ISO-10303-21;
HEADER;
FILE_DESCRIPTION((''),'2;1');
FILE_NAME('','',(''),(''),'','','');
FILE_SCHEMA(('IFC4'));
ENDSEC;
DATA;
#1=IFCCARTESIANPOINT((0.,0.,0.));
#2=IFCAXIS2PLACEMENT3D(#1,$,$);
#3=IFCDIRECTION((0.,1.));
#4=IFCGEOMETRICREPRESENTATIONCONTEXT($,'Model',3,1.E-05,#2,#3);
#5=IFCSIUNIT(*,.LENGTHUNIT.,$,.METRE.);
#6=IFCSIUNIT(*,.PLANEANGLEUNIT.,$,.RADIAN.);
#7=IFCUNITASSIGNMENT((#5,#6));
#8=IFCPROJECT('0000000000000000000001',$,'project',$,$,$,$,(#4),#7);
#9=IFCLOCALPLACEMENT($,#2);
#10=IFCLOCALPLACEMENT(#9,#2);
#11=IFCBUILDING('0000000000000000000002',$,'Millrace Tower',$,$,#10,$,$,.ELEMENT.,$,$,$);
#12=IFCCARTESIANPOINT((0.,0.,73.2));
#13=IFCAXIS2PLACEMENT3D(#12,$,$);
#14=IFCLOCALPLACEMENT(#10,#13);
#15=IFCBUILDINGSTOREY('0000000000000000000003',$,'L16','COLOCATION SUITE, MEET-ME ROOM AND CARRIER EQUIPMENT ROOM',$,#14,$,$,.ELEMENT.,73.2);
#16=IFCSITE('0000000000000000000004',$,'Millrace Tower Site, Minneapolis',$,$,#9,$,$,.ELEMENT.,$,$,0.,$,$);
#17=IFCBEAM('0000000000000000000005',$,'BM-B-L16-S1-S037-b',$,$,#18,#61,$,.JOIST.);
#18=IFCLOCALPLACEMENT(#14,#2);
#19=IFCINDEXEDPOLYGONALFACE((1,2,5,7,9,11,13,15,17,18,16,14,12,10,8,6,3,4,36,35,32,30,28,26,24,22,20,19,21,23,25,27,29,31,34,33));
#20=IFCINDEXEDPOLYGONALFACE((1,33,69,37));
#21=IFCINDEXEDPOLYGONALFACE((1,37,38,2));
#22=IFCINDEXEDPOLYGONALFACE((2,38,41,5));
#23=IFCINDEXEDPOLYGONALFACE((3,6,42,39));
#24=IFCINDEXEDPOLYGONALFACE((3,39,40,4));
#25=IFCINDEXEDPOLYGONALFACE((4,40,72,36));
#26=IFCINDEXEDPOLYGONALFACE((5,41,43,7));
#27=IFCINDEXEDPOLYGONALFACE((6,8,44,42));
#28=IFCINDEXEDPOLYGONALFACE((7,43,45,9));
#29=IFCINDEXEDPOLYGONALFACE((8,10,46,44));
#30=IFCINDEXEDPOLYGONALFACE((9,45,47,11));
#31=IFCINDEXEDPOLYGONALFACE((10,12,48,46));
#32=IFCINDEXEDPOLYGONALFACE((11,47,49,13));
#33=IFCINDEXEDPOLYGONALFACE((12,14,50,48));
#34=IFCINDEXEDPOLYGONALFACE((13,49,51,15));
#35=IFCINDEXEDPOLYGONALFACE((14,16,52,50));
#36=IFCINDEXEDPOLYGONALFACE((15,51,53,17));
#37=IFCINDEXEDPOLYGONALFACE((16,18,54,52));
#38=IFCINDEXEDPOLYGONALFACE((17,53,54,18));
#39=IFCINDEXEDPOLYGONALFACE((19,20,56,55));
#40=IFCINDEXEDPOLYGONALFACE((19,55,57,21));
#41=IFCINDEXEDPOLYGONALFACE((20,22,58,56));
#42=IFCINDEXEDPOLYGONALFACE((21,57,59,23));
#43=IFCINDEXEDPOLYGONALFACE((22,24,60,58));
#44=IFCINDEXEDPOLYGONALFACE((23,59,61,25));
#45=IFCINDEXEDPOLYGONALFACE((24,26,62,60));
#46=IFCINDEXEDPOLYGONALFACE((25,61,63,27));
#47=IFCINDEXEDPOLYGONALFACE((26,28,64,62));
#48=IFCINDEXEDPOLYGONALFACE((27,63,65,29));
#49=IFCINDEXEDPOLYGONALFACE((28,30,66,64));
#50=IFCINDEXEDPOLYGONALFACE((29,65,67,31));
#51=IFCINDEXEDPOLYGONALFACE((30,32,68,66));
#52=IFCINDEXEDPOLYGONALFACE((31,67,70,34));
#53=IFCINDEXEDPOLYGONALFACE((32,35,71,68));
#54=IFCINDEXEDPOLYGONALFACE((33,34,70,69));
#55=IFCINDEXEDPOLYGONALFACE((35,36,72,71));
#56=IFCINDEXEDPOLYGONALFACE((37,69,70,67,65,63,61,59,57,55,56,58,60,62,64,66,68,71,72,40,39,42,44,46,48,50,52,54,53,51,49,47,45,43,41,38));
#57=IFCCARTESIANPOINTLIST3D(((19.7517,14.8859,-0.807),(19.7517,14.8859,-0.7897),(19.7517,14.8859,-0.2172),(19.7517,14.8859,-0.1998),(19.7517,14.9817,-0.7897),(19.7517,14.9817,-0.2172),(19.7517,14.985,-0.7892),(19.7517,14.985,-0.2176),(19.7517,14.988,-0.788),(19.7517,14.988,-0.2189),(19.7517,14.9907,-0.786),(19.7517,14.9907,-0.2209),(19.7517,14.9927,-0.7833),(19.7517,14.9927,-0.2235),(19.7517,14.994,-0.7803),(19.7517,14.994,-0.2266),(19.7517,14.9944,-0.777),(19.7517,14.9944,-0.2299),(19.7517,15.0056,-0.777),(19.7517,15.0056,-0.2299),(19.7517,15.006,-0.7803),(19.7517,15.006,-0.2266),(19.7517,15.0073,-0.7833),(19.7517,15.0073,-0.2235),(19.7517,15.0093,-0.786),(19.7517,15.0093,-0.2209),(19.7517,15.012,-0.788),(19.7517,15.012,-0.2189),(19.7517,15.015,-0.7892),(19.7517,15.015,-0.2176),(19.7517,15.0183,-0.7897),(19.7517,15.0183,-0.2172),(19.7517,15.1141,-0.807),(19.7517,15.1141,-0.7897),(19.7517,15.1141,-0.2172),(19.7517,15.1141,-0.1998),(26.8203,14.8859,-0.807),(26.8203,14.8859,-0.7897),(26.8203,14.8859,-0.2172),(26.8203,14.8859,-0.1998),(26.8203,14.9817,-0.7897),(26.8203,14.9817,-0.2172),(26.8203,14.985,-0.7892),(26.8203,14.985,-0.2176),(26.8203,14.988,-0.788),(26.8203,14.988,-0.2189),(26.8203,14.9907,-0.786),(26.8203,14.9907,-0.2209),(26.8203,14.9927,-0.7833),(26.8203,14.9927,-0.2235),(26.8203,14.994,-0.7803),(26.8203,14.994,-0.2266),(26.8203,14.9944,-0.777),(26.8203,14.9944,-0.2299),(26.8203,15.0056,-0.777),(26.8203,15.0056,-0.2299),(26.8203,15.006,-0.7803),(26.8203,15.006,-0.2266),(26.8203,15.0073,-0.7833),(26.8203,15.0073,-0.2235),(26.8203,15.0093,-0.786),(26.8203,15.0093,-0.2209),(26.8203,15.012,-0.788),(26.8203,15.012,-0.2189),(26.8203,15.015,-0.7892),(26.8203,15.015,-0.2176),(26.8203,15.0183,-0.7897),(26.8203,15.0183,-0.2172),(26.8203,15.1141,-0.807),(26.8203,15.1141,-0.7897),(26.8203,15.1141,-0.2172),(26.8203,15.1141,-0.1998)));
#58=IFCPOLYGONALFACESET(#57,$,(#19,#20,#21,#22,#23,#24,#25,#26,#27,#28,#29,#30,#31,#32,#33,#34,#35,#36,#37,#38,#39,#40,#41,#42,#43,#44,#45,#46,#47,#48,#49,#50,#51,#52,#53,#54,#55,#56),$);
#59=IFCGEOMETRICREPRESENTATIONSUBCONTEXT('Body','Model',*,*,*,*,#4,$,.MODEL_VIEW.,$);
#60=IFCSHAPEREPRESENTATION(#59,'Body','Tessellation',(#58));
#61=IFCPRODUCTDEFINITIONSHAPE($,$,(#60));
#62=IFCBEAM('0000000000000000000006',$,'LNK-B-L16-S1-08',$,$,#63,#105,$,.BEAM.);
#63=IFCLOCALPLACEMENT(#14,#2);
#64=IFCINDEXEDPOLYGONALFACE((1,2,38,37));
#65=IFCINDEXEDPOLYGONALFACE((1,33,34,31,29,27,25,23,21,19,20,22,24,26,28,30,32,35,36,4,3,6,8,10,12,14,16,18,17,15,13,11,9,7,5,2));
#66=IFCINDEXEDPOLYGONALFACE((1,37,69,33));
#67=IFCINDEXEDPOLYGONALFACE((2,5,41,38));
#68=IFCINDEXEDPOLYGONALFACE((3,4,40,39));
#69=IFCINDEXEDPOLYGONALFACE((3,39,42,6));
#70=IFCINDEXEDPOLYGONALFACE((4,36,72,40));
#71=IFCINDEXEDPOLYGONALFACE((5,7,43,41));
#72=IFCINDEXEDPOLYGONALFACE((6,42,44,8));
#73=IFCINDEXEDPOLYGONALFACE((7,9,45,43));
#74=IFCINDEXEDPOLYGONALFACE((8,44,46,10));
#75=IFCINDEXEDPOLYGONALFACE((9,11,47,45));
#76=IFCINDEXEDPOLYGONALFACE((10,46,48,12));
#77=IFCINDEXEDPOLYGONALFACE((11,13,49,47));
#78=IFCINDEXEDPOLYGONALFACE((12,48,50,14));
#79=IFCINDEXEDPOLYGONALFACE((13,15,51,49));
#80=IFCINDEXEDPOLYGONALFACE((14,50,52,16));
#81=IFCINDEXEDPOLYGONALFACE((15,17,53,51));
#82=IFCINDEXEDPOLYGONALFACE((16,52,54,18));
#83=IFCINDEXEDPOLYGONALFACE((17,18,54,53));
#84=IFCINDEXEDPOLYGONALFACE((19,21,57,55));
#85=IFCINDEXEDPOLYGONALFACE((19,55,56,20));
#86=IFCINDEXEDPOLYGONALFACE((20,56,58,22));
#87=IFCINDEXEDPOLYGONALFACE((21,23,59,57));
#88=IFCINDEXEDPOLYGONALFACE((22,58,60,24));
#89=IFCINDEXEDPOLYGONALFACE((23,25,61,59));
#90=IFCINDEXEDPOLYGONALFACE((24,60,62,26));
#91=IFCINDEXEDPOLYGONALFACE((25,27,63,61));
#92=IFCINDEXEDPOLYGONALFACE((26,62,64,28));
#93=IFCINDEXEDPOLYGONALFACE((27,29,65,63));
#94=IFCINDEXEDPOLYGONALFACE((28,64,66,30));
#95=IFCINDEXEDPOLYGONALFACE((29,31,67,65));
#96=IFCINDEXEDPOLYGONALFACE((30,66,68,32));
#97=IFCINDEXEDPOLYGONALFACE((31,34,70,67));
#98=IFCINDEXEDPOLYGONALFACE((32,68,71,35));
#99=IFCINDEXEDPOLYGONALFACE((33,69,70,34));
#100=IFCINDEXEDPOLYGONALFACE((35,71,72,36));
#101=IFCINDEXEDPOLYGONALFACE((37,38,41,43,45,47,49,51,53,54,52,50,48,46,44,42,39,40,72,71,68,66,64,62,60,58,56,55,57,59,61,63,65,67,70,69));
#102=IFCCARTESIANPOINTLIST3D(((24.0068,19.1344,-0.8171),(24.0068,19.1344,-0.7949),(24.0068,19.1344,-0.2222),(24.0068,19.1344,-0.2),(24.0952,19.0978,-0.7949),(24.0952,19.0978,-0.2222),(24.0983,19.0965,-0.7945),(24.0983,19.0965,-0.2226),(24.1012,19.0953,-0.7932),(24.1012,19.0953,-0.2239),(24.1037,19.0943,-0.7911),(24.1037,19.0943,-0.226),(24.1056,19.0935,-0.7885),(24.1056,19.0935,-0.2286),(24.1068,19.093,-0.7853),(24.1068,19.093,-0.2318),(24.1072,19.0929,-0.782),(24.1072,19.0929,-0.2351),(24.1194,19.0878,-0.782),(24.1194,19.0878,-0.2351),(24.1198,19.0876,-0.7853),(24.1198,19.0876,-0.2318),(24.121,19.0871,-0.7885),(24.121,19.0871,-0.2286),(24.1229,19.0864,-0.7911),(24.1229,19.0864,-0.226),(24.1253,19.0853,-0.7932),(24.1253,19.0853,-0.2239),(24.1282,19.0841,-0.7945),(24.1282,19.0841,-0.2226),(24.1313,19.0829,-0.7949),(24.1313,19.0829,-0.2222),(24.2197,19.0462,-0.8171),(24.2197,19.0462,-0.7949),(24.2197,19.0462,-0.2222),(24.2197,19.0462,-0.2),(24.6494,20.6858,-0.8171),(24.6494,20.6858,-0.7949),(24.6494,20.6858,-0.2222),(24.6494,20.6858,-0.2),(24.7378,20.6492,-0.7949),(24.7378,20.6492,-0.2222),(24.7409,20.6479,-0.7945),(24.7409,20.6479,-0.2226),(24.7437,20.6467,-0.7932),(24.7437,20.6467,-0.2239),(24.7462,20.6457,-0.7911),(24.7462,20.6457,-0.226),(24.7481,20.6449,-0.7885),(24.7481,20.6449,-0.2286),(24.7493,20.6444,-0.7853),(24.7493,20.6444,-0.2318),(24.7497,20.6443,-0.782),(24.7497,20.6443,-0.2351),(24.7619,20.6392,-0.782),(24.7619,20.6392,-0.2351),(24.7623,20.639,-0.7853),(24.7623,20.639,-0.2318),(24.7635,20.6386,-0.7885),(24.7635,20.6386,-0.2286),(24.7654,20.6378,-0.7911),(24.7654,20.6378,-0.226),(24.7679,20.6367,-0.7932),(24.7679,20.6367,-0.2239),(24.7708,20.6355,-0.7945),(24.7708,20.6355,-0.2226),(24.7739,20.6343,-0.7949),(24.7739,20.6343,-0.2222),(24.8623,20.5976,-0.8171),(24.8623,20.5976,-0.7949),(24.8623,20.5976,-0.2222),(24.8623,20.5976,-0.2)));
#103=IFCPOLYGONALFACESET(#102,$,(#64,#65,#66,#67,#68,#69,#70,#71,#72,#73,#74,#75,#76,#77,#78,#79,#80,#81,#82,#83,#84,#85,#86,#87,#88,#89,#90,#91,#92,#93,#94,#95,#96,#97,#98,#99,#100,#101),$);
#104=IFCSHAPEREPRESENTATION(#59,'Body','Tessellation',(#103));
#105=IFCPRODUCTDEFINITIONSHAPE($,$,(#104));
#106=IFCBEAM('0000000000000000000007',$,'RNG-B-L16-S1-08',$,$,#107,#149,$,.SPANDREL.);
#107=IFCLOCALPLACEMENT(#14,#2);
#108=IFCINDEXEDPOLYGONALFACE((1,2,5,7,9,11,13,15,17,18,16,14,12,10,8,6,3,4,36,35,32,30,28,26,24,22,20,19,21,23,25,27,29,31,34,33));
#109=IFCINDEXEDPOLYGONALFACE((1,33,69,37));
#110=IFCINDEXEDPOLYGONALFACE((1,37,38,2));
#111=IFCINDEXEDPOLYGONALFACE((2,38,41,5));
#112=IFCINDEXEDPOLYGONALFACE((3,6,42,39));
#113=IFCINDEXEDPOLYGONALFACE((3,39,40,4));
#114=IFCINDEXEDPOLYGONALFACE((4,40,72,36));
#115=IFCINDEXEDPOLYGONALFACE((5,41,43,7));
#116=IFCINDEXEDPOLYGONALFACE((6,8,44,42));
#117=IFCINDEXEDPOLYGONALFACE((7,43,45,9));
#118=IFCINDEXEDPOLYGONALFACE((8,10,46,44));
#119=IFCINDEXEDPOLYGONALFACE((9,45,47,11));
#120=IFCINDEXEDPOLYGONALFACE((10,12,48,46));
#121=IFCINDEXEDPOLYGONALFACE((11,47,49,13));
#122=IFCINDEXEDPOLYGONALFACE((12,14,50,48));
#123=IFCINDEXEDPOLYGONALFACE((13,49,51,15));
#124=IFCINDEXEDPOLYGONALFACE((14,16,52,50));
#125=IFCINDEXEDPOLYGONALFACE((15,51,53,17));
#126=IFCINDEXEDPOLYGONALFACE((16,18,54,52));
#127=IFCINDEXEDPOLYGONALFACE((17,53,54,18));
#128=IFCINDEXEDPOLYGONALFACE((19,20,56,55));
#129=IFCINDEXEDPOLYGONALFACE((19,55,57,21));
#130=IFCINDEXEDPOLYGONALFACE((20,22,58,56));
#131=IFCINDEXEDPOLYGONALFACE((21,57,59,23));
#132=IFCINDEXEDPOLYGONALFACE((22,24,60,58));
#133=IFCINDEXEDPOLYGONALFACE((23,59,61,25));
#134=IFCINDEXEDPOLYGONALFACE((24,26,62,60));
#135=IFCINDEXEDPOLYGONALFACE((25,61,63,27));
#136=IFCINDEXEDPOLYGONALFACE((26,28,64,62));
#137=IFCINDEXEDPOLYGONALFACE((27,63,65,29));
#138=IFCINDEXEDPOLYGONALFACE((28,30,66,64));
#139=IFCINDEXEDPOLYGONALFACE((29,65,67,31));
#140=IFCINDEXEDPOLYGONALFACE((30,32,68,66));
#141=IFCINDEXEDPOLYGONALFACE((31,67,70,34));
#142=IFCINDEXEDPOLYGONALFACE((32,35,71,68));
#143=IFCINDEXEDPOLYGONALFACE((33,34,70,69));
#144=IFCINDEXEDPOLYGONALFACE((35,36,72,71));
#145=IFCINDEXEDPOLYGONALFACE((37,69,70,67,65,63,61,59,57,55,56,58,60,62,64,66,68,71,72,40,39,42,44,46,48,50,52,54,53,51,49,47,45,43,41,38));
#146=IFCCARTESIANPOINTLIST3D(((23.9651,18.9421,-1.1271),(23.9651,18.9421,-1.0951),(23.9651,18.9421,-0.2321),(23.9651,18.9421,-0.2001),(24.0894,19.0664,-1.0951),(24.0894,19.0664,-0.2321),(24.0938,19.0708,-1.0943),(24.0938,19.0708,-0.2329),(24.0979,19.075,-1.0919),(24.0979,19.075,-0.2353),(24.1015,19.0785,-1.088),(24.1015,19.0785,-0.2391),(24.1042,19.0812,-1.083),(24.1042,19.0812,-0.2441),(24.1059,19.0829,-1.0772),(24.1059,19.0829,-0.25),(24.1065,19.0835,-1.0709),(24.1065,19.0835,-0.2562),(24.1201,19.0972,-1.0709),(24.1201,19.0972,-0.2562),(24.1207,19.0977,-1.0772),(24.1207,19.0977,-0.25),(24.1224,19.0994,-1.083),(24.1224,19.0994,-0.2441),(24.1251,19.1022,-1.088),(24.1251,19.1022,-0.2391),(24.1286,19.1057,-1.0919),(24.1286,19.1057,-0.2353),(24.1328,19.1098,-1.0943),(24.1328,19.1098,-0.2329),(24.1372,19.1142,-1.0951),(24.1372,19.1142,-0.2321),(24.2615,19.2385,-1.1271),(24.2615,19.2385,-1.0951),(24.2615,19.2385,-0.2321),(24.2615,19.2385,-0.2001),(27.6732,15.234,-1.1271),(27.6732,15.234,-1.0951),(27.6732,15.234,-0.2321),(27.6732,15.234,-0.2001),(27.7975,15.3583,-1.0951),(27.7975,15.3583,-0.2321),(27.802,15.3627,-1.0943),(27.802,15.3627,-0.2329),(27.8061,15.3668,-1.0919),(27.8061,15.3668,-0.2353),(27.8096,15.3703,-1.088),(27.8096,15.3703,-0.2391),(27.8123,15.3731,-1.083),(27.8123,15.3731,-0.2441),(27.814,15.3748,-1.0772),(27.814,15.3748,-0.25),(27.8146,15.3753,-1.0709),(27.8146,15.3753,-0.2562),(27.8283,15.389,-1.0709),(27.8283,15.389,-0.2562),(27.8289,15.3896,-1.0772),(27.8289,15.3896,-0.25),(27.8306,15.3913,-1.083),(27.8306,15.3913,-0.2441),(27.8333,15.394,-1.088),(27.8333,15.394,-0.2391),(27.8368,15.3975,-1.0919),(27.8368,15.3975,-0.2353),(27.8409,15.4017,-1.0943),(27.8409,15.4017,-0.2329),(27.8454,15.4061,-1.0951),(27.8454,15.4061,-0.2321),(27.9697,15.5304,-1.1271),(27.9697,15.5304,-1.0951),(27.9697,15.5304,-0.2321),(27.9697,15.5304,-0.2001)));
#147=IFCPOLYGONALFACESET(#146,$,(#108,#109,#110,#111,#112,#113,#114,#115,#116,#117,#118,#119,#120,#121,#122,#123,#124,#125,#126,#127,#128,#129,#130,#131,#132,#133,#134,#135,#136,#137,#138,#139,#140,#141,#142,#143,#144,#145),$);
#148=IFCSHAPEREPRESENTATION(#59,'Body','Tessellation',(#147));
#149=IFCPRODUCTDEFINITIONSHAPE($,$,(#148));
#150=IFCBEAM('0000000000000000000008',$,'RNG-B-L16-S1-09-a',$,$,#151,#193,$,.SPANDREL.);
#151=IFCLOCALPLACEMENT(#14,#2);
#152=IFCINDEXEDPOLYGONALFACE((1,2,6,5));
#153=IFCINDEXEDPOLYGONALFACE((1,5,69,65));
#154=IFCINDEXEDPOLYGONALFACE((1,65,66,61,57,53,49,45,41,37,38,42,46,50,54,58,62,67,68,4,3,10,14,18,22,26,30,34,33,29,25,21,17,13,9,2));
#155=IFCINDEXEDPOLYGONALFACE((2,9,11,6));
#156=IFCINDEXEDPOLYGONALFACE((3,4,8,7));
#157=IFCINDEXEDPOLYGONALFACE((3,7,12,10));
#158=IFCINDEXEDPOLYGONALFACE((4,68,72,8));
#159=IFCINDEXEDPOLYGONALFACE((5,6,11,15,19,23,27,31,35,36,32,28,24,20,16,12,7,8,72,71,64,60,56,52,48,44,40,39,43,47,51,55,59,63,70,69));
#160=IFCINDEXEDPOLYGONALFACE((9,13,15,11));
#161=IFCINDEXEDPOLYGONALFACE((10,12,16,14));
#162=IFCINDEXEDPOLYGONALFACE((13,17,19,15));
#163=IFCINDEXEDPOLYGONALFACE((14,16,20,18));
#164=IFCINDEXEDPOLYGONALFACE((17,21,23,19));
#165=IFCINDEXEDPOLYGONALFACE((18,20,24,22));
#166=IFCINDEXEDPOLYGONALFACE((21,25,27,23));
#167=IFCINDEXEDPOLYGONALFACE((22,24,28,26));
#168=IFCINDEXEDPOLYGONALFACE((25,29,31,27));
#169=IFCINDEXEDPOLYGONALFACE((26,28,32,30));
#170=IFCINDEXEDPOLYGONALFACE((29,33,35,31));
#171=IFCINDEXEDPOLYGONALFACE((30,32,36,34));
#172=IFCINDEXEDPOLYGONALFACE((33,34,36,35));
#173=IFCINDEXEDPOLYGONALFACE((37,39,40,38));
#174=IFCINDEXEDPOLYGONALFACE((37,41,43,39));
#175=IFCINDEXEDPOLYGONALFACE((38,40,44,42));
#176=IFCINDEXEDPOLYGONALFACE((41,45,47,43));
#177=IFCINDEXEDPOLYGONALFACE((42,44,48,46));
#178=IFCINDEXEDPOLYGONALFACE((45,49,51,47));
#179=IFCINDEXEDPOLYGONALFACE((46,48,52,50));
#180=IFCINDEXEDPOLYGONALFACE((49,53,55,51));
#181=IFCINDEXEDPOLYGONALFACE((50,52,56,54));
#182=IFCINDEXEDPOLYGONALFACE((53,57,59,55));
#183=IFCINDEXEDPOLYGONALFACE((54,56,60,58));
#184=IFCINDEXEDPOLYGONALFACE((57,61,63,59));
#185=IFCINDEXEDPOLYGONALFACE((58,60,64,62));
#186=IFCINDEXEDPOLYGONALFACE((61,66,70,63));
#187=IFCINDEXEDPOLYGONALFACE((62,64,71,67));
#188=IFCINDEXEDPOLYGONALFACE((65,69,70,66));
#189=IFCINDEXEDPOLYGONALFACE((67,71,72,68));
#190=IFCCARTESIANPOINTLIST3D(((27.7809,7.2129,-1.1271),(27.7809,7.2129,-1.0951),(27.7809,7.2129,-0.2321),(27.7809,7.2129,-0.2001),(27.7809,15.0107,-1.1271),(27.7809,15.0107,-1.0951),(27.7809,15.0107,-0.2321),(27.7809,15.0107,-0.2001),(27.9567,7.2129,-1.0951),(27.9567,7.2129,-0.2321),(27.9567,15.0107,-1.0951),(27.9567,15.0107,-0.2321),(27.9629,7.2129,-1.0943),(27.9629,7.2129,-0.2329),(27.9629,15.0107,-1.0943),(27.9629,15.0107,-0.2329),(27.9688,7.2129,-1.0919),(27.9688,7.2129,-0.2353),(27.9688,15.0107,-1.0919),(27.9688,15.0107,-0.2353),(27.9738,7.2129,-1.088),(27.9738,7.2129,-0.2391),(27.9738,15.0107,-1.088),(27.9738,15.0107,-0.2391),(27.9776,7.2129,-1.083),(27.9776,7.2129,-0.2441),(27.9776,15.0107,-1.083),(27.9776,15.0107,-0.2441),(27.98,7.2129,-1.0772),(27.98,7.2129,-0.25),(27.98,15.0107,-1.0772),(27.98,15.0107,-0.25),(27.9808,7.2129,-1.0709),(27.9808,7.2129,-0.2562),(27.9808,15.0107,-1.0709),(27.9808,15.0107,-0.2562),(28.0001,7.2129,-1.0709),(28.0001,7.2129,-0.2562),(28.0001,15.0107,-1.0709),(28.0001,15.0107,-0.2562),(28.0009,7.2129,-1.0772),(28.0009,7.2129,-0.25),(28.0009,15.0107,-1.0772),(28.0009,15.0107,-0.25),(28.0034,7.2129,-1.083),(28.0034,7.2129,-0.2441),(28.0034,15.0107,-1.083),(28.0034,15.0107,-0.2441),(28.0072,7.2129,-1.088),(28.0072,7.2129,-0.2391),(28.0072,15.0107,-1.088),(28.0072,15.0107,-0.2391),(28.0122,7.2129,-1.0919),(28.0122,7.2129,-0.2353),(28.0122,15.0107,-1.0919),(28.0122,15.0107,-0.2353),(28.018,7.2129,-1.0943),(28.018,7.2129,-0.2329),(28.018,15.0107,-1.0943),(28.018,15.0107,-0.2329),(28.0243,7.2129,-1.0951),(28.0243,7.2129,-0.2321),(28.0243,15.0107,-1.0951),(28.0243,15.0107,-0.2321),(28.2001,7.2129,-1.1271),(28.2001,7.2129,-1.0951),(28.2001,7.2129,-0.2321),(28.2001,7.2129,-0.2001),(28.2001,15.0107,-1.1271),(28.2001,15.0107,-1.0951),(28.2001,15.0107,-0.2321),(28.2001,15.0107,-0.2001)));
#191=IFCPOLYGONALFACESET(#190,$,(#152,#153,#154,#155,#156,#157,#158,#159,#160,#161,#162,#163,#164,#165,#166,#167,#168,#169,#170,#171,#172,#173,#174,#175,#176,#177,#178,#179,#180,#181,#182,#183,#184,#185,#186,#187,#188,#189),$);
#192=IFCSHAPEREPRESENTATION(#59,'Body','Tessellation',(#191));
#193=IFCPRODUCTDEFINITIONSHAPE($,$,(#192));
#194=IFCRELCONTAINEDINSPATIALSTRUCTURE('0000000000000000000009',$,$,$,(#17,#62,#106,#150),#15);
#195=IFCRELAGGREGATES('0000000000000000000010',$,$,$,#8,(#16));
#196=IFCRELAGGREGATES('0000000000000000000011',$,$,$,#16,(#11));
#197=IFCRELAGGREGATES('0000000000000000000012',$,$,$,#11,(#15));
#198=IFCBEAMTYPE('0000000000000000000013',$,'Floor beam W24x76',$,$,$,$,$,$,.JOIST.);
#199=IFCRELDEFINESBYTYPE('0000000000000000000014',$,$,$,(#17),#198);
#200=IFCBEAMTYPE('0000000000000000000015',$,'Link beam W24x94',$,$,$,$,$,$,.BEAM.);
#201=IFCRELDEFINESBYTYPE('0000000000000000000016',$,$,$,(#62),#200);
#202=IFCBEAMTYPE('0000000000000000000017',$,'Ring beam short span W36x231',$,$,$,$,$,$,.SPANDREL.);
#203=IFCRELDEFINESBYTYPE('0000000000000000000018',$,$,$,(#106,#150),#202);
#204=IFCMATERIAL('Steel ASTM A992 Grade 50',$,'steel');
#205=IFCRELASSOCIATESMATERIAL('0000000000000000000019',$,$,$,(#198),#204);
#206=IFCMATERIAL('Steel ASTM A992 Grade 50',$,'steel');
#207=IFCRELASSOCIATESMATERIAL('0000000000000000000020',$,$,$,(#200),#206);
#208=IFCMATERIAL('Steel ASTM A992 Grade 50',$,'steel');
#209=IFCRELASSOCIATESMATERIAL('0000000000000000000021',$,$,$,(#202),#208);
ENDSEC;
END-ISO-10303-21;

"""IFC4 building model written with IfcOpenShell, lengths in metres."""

from ifc_helpers import new_model, si_unit, direction, frame, origin, origin_2d, place, context, subcontext, project, spatial, i_section, extrude, material, material_profile, profile_set, type_object, element, save


model = new_model("IFC4")

# Units and contexts
model_context = context("Model", 3, precision=1e-05, world=origin(), true_north=direction((0.0, 1.0)))
body_context = subcontext(model_context, "Body", "Model", "MODEL_VIEW")
ifc_project = project(units=[si_unit("LENGTHUNIT", "METRE"), si_unit("PLANEANGLEUNIT", "RADIAN")], contexts=[model_context])

# Site, building, storey
site_placement = place(None, origin())
site = spatial("IfcSite", under=ifc_project, at=site_placement, Name="Millrace Tower Site, Minneapolis", CompositionType="ELEMENT", RefElevation=0.0)
building_placement = place(site_placement, origin())
building = spatial("IfcBuilding", under=site, at=building_placement, Name="Millrace Tower", CompositionType="ELEMENT")
storey_placement = place(building_placement, frame((0.0, 0.0, 73.2)))
storey = spatial("IfcBuildingStorey", under=building, at=storey_placement, Name="L16", Description="COLOCATION SUITE, MEET-ME ROOM AND CARRIER EQUIPMENT ROOM", CompositionType="ELEMENT", Elevation=73.2)

# Beams
ifc_material_1 = material(Name="Steel ASTM A992 Grade 50", Category="steel")
ifc_material_profile_1 = material_profile(ifc_material_1, i_section(OverallWidth=0.2283, OverallDepth=0.6072, WebThickness=0.0112, FlangeThickness=0.0173, FilletRadius=0.0127, at=origin_2d()))
ifc_profile_set_1 = profile_set([ifc_material_profile_1], Name="Steel ASTM A992 Grade 50")
beam_type_1 = type_object("IfcBeamType", Name="Floor beam W24x76", PredefinedType="JOIST", material=ifc_profile_set_1)
beam_1_placement = place(storey_placement, frame((19.7517, 15.0, -0.5034), z_axis=(1.0, 0.0, 0.0), x_axis=(0.0, 1.0, 0.0)))
element("IfcBeam", 1, at=beam_1_placement, inside=storey, type_object=beam_type_1, Name="BM-B-L16-S1-S037-b", PredefinedType="JOIST", context=body_context, shape_type="SweptSolid", body=[
    extrude(i_section(OverallWidth=0.2283, OverallDepth=0.6072, WebThickness=0.0112, FlangeThickness=0.0173, FilletRadius=0.0127, at=origin_2d()), origin(), (0.0, 0.0, 1.0), 7.0686),
])
ifc_material_2 = material(Name="Steel ASTM A992 Grade 50", Category="steel")
ifc_material_profile_2 = material_profile(ifc_material_2, i_section(OverallWidth=0.2305, OverallDepth=0.6172, WebThickness=0.0132, FlangeThickness=0.0222, FilletRadius=0.0129, at=origin_2d()))
ifc_profile_set_2 = profile_set([ifc_material_profile_2], Name="Steel ASTM A992 Grade 50")
beam_type_2 = type_object("IfcBeamType", Name="Link beam W24x94", PredefinedType="BEAM", material=ifc_profile_set_2)
beam_2_placement = place(storey_placement, frame((24.1133, 19.0903, -0.5085), z_axis=(0.382643, 0.923896, 0.0), x_axis=(-0.923896, 0.382643, 0.0)))
element("IfcBeam", 2, at=beam_2_placement, inside=storey, type_object=beam_type_2, Name="LNK-B-L16-S1-08", PredefinedType="BEAM", context=body_context, shape_type="SweptSolid", body=[
    extrude(i_section(OverallWidth=0.2305, OverallDepth=0.6172, WebThickness=0.0132, FlangeThickness=0.0222, FilletRadius=0.0129, at=origin_2d()), origin(), (0.0, 0.0, 1.0), 1.6792),
])
ifc_material_3 = material(Name="Steel ASTM A992 Grade 50", Category="steel")
ifc_material_profile_3 = material_profile(ifc_material_3, i_section(OverallWidth=0.4192, OverallDepth=0.927, WebThickness=0.0193, FlangeThickness=0.032, FilletRadius=0.0242, at=origin_2d()))
ifc_profile_set_3 = profile_set([ifc_material_profile_3], Name="Steel ASTM A992 Grade 50")
beam_type_3 = type_object("IfcBeamType", Name="Ring beam short span W36x231", PredefinedType="SPANDREL", material=ifc_profile_set_3)
beam_3_placement = place(storey_placement, frame((24.1133, 19.0903, -0.6636), z_axis=(0.707107, -0.707107, 0.0), x_axis=(0.707107, 0.707107, 0.0)))
element("IfcBeam", 3, at=beam_3_placement, inside=storey, type_object=beam_type_3, Name="RNG-B-L16-S1-08", PredefinedType="SPANDREL", context=body_context, shape_type="SweptSolid", body=[
    extrude(i_section(OverallWidth=0.4192, OverallDepth=0.927, WebThickness=0.0193, FlangeThickness=0.032, FilletRadius=0.0242, at=origin_2d()), origin(), (0.0, 0.0, 1.0), 5.2441),
])
beam_4_placement = place(storey_placement, frame((27.9905, 15.0107, -0.6636), z_axis=(0.0, -1.0, 0.0), x_axis=(1.0, 0.0, 0.0)))
element("IfcBeam", 4, at=beam_4_placement, inside=storey, type_object=beam_type_3, Name="RNG-B-L16-S1-09-a", PredefinedType="SPANDREL", context=body_context, shape_type="SweptSolid", body=[
    extrude(i_section(OverallWidth=0.4192, OverallDepth=0.927, WebThickness=0.0193, FlangeThickness=0.032, FilletRadius=0.0242, at=origin_2d()), origin(), (0.0, 0.0, 1.0), 7.7979),
])

save(model, "model.ifc")
